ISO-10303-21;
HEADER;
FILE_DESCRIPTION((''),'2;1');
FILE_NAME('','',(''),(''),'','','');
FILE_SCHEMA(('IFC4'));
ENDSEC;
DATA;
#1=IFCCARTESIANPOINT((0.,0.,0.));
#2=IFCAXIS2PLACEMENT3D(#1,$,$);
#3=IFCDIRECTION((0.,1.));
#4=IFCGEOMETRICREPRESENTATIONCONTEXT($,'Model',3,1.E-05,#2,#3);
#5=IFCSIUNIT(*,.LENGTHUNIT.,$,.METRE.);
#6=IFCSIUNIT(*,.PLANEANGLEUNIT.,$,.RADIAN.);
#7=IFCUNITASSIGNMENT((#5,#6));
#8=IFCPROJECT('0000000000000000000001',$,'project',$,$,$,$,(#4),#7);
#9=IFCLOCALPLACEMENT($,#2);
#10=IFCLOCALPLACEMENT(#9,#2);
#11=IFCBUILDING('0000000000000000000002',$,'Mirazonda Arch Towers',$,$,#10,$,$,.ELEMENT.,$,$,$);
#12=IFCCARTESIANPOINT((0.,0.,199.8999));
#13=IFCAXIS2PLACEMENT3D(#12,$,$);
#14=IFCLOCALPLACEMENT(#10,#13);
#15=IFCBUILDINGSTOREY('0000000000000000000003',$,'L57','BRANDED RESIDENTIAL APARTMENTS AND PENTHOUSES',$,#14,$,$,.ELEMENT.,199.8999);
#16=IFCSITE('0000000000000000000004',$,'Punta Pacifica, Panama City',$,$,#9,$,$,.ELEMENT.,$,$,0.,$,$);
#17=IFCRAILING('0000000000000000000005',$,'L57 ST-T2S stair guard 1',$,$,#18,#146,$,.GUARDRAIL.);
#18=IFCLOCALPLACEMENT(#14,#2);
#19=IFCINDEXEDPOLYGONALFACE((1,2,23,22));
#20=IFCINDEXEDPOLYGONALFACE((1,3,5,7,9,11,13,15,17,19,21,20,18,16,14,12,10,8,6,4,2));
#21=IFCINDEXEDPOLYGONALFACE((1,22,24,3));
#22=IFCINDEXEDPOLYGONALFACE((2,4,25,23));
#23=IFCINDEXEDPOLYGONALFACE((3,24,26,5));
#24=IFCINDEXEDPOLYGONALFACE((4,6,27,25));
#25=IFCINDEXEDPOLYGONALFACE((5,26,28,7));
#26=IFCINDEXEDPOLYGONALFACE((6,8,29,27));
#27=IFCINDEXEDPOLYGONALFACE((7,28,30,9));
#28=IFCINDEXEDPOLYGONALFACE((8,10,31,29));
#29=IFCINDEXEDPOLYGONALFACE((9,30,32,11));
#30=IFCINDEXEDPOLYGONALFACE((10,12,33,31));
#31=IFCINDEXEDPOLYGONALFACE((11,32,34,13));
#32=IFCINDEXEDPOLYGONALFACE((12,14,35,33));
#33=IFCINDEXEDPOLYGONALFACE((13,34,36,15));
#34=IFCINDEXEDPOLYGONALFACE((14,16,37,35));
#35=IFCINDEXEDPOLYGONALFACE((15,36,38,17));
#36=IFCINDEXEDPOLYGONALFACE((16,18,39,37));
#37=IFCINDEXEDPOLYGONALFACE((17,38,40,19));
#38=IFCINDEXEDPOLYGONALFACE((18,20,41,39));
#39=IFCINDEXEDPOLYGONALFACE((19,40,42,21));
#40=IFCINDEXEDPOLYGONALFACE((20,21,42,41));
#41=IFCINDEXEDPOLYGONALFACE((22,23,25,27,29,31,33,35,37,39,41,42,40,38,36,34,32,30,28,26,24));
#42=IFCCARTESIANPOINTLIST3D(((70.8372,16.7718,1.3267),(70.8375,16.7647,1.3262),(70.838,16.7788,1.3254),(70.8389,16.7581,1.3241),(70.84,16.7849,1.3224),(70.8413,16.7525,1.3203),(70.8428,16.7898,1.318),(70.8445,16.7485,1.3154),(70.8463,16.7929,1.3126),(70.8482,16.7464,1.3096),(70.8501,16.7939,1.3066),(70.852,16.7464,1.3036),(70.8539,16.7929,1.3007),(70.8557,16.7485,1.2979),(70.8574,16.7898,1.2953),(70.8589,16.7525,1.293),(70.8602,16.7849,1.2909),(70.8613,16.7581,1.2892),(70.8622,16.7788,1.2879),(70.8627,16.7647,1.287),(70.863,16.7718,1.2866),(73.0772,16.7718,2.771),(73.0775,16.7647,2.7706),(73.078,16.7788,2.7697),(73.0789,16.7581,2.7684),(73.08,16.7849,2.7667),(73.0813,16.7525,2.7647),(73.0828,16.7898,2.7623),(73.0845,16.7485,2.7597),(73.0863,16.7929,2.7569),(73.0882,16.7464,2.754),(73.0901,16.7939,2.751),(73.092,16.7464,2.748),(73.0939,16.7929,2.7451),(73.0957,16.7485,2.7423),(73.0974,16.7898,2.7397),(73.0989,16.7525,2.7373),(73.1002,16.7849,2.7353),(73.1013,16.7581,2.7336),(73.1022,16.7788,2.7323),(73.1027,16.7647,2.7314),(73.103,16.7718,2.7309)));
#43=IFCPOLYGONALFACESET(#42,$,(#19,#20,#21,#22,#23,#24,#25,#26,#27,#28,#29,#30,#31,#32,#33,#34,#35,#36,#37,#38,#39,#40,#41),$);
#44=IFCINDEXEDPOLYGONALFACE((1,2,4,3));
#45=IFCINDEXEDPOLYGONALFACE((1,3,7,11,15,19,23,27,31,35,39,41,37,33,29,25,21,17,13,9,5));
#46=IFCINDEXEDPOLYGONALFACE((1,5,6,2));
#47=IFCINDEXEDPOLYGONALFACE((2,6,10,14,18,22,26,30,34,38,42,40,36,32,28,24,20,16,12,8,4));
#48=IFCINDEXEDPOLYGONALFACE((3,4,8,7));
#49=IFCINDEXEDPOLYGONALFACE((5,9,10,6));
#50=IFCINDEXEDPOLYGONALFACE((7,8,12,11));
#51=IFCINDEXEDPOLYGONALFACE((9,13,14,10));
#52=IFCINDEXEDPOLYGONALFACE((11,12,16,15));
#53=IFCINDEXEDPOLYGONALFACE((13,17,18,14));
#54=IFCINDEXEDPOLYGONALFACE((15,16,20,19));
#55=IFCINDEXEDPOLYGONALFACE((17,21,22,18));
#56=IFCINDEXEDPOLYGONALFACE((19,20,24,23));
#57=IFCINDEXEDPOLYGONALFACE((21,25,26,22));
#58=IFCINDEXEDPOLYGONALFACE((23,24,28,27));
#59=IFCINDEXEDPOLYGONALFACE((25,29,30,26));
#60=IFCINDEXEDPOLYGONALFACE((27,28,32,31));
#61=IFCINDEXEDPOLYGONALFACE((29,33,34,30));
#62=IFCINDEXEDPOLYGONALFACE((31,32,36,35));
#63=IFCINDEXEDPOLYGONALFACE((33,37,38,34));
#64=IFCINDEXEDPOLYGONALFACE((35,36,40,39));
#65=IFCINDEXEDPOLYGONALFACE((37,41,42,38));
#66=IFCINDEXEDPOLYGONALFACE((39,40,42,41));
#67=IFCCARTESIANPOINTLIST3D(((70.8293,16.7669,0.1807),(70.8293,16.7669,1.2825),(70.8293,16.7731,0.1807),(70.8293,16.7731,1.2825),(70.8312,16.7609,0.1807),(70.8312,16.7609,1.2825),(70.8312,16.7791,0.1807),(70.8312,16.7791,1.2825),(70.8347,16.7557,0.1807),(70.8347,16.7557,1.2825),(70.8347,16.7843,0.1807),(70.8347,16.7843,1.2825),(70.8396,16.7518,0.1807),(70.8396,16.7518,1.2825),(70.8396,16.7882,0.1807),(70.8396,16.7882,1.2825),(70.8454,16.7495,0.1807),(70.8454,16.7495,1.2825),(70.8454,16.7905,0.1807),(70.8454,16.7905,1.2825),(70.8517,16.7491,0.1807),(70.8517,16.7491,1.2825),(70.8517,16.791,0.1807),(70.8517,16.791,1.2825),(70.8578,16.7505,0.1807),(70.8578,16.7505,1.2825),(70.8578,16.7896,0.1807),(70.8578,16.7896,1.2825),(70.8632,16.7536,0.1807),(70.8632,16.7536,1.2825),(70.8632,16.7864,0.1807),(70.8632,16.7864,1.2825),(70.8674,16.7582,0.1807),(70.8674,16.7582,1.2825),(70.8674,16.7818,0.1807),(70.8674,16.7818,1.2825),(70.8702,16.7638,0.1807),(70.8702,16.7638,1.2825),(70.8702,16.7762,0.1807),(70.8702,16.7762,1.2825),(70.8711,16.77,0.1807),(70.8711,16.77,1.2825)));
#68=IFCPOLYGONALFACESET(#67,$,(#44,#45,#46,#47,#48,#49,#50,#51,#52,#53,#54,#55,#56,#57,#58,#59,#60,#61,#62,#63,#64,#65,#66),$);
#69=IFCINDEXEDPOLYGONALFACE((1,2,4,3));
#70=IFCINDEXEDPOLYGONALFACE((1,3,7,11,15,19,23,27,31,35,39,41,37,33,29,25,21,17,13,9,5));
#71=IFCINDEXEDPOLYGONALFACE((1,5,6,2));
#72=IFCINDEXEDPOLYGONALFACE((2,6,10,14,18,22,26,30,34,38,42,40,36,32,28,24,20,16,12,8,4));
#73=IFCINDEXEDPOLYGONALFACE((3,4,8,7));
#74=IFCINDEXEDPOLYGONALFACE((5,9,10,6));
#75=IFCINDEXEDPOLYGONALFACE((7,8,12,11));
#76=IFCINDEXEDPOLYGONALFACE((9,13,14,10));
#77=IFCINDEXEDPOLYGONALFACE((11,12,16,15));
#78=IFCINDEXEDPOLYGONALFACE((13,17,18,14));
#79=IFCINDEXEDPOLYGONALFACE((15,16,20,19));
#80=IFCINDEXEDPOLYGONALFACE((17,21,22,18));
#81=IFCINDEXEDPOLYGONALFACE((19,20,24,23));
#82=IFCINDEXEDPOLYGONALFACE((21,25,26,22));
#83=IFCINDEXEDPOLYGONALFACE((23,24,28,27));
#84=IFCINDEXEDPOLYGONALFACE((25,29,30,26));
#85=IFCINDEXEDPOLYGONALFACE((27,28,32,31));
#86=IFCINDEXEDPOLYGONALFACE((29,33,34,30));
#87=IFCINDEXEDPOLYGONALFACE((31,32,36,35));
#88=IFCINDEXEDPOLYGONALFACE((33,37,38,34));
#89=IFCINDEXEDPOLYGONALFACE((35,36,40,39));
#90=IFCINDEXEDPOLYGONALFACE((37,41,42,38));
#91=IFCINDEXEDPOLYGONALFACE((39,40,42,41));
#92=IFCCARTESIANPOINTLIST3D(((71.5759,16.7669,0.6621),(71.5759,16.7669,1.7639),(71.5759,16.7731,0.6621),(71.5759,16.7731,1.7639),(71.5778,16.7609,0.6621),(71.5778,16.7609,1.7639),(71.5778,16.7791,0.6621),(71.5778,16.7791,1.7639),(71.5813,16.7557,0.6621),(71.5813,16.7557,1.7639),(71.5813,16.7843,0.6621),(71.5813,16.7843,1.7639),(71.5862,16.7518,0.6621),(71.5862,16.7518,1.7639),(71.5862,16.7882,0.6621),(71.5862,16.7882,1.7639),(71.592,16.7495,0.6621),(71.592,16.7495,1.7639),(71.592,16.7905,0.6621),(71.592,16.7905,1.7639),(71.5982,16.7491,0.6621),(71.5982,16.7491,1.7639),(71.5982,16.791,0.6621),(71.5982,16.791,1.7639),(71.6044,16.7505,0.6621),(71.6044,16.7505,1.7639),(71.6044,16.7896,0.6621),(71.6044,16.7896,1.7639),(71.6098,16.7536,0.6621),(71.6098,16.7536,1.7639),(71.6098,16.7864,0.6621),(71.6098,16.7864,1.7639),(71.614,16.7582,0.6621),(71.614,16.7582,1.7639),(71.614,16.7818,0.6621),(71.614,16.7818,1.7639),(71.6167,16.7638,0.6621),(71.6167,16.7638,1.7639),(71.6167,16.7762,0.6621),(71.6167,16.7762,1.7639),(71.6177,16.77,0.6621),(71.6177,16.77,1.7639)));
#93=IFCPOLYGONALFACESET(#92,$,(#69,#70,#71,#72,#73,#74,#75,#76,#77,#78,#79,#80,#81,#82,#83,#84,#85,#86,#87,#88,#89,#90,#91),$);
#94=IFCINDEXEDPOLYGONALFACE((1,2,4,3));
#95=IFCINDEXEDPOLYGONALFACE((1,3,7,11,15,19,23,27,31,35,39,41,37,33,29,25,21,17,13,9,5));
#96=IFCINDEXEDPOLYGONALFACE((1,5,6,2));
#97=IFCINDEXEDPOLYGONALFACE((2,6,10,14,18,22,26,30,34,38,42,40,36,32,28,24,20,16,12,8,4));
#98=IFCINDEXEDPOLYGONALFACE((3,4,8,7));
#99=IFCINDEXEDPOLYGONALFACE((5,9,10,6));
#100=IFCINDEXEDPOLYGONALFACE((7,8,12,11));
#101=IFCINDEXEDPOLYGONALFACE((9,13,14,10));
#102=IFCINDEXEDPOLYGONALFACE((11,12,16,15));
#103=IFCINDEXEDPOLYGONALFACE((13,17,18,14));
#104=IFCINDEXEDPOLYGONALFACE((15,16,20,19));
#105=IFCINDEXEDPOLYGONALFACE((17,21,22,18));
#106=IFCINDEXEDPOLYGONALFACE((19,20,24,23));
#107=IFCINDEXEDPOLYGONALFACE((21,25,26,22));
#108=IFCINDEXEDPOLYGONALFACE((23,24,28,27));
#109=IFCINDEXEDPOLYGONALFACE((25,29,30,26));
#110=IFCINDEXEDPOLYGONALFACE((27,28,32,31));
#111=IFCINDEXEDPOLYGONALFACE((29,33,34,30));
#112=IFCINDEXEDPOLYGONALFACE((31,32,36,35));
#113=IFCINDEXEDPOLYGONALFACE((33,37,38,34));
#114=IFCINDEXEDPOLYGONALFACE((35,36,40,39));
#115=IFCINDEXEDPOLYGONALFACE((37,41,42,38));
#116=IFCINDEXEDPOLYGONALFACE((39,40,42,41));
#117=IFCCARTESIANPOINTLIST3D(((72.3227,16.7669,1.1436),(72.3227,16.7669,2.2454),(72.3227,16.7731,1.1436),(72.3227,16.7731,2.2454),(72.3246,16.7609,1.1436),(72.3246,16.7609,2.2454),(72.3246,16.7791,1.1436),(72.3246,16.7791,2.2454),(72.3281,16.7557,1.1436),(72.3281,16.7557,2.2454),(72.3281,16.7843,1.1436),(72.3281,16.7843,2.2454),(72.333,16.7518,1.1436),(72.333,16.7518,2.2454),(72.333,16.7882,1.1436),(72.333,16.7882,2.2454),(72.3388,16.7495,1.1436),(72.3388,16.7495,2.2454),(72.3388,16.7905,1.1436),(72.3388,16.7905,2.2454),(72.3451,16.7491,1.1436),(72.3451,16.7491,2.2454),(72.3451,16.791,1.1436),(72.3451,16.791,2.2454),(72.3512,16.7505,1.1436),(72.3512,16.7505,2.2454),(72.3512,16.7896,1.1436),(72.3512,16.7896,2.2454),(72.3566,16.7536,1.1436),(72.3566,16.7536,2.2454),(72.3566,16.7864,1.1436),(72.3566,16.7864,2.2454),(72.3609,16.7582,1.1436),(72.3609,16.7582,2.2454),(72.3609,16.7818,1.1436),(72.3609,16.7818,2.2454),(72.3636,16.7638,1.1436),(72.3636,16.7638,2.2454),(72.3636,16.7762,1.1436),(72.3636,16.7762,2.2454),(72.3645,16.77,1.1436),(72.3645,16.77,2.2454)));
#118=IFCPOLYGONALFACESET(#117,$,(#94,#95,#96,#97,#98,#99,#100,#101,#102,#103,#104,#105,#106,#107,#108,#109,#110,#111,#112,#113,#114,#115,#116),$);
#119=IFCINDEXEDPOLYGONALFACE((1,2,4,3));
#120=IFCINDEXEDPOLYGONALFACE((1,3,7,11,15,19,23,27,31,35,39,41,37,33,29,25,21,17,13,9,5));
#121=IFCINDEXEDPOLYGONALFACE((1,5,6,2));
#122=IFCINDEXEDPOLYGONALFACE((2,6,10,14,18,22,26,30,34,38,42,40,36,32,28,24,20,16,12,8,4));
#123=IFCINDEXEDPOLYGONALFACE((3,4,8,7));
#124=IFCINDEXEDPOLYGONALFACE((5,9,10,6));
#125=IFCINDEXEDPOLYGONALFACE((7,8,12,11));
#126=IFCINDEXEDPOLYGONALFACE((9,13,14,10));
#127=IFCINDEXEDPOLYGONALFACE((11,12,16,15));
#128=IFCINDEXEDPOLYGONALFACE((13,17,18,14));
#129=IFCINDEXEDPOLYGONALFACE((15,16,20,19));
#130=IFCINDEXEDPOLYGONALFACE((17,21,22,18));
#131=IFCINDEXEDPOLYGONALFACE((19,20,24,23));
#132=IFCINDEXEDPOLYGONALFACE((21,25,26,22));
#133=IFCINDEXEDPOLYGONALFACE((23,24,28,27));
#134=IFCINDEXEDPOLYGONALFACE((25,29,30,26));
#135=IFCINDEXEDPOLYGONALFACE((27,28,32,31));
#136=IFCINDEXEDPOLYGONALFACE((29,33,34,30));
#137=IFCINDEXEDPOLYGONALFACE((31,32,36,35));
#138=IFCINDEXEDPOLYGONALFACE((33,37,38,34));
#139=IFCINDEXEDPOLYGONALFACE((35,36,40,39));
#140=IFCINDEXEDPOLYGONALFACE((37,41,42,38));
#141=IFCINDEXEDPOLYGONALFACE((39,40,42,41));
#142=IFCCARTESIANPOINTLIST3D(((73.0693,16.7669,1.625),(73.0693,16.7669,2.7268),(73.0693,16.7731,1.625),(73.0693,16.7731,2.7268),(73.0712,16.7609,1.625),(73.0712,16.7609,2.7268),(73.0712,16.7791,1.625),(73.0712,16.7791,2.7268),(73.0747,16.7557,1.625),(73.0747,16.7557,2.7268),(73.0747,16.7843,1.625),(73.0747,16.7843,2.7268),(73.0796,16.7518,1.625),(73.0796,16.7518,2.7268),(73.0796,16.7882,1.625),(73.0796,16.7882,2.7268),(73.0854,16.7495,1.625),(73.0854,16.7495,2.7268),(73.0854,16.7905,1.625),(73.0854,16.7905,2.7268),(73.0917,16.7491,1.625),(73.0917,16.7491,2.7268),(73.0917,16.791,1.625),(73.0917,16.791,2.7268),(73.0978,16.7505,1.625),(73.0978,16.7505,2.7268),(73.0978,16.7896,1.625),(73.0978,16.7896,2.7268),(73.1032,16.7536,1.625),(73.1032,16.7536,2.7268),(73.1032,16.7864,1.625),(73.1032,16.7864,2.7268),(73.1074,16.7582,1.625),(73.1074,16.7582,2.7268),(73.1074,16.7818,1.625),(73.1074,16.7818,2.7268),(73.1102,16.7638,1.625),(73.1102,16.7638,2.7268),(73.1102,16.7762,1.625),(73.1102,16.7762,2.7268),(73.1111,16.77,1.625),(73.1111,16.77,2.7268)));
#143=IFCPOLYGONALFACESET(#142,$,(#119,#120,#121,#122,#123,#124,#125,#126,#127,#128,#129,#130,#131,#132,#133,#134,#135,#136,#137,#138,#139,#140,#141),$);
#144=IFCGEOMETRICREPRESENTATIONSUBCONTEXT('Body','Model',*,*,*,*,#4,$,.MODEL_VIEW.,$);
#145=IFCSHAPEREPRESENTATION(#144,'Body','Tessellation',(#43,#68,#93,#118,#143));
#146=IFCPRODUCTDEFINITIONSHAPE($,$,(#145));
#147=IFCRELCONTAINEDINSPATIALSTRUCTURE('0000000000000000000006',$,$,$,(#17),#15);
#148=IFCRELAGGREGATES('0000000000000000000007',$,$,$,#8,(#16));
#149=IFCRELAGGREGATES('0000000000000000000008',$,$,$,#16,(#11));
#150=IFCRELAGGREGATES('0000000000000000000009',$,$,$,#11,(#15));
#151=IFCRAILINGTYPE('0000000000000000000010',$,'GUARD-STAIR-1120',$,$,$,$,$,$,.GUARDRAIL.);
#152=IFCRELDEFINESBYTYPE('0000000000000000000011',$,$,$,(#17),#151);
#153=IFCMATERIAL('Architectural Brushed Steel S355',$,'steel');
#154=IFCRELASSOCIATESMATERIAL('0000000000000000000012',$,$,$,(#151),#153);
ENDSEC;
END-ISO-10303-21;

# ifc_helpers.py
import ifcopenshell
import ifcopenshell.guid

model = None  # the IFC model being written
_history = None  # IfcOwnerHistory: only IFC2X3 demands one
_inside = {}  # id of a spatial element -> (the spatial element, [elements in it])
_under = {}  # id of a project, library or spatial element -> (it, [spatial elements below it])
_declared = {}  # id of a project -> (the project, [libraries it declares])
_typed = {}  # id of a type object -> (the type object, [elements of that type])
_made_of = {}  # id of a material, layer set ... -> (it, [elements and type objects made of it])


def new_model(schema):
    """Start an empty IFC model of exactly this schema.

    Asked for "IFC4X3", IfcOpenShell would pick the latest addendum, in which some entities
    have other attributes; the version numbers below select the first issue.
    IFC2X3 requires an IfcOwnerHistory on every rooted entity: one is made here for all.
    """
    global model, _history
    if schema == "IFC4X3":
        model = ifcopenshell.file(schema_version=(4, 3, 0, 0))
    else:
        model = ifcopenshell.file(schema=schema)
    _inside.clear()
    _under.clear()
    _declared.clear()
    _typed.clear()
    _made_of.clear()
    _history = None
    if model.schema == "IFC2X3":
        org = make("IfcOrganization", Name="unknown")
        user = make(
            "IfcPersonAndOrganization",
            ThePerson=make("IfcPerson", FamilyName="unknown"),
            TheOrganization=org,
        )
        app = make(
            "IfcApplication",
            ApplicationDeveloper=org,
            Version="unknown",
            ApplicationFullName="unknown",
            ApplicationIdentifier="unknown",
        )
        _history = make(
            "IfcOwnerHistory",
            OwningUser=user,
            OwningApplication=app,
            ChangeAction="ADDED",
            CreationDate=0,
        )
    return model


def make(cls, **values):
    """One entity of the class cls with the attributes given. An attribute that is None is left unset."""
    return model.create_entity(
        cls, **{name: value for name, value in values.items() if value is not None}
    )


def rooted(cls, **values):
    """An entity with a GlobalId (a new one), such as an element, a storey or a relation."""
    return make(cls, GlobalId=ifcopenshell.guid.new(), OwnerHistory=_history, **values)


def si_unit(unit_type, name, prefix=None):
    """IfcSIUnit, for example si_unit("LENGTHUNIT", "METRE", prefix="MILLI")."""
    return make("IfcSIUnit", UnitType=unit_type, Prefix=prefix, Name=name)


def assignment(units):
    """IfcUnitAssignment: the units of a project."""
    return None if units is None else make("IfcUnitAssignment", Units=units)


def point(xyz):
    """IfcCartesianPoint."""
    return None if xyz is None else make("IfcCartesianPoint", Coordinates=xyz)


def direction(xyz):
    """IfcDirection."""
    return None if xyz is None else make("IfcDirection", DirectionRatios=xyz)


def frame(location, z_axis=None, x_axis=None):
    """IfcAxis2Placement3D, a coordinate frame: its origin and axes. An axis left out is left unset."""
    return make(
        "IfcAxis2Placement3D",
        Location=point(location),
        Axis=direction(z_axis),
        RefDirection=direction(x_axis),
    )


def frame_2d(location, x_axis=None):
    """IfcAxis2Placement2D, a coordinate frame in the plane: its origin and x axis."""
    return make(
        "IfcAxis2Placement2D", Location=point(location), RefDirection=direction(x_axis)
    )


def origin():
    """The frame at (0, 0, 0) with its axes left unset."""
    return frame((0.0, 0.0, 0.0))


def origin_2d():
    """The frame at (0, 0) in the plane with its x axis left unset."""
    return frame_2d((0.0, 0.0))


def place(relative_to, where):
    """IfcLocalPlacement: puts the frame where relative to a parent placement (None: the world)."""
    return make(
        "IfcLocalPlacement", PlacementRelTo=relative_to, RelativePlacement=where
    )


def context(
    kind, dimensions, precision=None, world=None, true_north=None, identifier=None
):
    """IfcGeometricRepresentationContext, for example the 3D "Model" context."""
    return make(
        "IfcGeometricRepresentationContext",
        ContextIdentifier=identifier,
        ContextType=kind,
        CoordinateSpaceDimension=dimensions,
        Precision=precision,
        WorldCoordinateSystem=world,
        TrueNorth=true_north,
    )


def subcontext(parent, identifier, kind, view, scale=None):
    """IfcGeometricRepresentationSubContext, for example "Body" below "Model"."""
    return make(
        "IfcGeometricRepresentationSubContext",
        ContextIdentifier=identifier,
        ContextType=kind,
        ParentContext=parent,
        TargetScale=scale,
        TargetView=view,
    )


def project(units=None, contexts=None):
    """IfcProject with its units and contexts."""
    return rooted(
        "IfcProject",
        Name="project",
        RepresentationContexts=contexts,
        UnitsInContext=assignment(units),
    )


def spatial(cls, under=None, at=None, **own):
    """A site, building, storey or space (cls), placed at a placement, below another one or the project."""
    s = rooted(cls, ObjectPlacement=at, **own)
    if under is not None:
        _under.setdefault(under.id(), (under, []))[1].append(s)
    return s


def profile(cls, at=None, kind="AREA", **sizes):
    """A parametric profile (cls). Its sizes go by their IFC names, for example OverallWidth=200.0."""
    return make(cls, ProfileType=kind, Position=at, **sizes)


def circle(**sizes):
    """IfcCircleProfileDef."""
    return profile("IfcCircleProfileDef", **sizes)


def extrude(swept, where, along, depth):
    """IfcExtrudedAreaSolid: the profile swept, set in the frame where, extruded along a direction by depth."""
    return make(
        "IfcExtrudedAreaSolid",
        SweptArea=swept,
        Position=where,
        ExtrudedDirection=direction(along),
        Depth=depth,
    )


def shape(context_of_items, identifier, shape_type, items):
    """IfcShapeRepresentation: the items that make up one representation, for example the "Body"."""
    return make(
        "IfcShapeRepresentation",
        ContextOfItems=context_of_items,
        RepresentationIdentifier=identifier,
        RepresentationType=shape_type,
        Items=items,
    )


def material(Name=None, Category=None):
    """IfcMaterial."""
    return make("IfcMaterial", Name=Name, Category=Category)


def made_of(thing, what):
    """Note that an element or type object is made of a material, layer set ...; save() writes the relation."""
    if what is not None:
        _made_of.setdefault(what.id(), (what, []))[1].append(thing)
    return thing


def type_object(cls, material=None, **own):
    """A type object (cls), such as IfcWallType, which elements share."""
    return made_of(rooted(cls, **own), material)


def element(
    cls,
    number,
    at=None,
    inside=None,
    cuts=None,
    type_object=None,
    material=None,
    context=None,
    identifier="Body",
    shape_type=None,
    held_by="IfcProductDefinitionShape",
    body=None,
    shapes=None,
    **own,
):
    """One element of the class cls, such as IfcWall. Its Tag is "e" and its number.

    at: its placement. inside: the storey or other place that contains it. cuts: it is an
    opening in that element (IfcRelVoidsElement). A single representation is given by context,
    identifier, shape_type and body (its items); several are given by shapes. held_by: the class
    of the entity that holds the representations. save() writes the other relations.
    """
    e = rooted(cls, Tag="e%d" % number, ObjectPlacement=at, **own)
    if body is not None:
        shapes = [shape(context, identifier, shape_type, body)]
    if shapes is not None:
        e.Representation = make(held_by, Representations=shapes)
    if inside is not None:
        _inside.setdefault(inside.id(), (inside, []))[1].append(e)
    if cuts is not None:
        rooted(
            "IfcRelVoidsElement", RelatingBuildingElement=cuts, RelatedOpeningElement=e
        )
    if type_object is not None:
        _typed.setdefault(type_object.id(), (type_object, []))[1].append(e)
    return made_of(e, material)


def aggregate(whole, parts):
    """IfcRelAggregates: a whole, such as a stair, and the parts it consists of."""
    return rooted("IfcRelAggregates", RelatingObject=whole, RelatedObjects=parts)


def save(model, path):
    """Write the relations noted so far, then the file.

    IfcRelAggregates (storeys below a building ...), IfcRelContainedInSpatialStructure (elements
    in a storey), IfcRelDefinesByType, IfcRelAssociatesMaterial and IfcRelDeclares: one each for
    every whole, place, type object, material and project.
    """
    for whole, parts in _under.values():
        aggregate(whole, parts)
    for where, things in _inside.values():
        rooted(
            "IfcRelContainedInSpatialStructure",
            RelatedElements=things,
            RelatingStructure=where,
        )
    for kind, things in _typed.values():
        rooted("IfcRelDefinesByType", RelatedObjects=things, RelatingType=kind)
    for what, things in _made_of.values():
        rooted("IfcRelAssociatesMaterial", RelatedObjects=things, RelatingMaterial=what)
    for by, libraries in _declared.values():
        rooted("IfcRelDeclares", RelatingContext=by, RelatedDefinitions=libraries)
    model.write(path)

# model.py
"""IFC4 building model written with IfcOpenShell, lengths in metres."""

from ifc_helpers import new_model, si_unit, direction, frame, origin, origin_2d, place, context, subcontext, project, spatial, circle, extrude, material, type_object, element, save


model = new_model("IFC4")

# Units and contexts
model_context = context("Model", 3, precision=1e-05, world=origin(), true_north=direction((0.0, 1.0)))
body_context = subcontext(model_context, "Body", "Model", "MODEL_VIEW")
ifc_project = project(units=[si_unit("LENGTHUNIT", "METRE"), si_unit("PLANEANGLEUNIT", "RADIAN")], contexts=[model_context])

# Site, building, storey
site_placement = place(None, origin())
site = spatial("IfcSite", under=ifc_project, at=site_placement, Name="Punta Pacifica, Panama City", CompositionType="ELEMENT", RefElevation=0.0)
building_placement = place(site_placement, origin())
building = spatial("IfcBuilding", under=site, at=building_placement, Name="Mirazonda Arch Towers", CompositionType="ELEMENT")
storey_placement = place(building_placement, frame((0.0, 0.0, 199.8999)))
storey = spatial("IfcBuildingStorey", under=building, at=storey_placement, Name="L57", Description="BRANDED RESIDENTIAL APARTMENTS AND PENTHOUSES", CompositionType="ELEMENT", Elevation=199.8999)

# Shared definitions
ifc_material_1 = material(Name="Architectural Brushed Steel S355", Category="steel")

# Railing
railing_type_1 = type_object("IfcRailingType", Name="GUARD-STAIR-1120", PredefinedType="GUARDRAIL", material=ifc_material_1)
railing_1_placement = place(storey_placement, frame((70.8501, 16.77, 0.1807)))
element("IfcRailing", 1, at=railing_1_placement, inside=storey, type_object=railing_type_1, Name="L57 ST-T2S stair guard 1", PredefinedType="GUARDRAIL", context=body_context, shape_type="SweptSolid", body=[
    extrude(circle(Radius=0.0239, at=origin_2d()), frame((0.0, 0.0, 1.126), z_axis=(0.840437, 0.0, 0.54191), x_axis=(0.0, 1.0, 0.0)), (0.0, 0.0, 1.0), 2.6653),
    extrude(circle(Radius=0.021, at=origin_2d()), origin(), (0.0, 0.0, 1.0), 1.1018),
    extrude(circle(Radius=0.021, at=origin_2d()), frame((0.7466, 0.0, 0.4814)), (0.0, 0.0, 1.0), 1.1018),
    extrude(circle(Radius=0.021, at=origin_2d()), frame((1.4934, 0.0, 0.9629)), (0.0, 0.0, 1.0), 1.1018),
    extrude(circle(Radius=0.021, at=origin_2d()), frame((2.24, 0.0, 1.4443)), (0.0, 0.0, 1.0), 1.1018),
])

save(model, "model.ifc")
